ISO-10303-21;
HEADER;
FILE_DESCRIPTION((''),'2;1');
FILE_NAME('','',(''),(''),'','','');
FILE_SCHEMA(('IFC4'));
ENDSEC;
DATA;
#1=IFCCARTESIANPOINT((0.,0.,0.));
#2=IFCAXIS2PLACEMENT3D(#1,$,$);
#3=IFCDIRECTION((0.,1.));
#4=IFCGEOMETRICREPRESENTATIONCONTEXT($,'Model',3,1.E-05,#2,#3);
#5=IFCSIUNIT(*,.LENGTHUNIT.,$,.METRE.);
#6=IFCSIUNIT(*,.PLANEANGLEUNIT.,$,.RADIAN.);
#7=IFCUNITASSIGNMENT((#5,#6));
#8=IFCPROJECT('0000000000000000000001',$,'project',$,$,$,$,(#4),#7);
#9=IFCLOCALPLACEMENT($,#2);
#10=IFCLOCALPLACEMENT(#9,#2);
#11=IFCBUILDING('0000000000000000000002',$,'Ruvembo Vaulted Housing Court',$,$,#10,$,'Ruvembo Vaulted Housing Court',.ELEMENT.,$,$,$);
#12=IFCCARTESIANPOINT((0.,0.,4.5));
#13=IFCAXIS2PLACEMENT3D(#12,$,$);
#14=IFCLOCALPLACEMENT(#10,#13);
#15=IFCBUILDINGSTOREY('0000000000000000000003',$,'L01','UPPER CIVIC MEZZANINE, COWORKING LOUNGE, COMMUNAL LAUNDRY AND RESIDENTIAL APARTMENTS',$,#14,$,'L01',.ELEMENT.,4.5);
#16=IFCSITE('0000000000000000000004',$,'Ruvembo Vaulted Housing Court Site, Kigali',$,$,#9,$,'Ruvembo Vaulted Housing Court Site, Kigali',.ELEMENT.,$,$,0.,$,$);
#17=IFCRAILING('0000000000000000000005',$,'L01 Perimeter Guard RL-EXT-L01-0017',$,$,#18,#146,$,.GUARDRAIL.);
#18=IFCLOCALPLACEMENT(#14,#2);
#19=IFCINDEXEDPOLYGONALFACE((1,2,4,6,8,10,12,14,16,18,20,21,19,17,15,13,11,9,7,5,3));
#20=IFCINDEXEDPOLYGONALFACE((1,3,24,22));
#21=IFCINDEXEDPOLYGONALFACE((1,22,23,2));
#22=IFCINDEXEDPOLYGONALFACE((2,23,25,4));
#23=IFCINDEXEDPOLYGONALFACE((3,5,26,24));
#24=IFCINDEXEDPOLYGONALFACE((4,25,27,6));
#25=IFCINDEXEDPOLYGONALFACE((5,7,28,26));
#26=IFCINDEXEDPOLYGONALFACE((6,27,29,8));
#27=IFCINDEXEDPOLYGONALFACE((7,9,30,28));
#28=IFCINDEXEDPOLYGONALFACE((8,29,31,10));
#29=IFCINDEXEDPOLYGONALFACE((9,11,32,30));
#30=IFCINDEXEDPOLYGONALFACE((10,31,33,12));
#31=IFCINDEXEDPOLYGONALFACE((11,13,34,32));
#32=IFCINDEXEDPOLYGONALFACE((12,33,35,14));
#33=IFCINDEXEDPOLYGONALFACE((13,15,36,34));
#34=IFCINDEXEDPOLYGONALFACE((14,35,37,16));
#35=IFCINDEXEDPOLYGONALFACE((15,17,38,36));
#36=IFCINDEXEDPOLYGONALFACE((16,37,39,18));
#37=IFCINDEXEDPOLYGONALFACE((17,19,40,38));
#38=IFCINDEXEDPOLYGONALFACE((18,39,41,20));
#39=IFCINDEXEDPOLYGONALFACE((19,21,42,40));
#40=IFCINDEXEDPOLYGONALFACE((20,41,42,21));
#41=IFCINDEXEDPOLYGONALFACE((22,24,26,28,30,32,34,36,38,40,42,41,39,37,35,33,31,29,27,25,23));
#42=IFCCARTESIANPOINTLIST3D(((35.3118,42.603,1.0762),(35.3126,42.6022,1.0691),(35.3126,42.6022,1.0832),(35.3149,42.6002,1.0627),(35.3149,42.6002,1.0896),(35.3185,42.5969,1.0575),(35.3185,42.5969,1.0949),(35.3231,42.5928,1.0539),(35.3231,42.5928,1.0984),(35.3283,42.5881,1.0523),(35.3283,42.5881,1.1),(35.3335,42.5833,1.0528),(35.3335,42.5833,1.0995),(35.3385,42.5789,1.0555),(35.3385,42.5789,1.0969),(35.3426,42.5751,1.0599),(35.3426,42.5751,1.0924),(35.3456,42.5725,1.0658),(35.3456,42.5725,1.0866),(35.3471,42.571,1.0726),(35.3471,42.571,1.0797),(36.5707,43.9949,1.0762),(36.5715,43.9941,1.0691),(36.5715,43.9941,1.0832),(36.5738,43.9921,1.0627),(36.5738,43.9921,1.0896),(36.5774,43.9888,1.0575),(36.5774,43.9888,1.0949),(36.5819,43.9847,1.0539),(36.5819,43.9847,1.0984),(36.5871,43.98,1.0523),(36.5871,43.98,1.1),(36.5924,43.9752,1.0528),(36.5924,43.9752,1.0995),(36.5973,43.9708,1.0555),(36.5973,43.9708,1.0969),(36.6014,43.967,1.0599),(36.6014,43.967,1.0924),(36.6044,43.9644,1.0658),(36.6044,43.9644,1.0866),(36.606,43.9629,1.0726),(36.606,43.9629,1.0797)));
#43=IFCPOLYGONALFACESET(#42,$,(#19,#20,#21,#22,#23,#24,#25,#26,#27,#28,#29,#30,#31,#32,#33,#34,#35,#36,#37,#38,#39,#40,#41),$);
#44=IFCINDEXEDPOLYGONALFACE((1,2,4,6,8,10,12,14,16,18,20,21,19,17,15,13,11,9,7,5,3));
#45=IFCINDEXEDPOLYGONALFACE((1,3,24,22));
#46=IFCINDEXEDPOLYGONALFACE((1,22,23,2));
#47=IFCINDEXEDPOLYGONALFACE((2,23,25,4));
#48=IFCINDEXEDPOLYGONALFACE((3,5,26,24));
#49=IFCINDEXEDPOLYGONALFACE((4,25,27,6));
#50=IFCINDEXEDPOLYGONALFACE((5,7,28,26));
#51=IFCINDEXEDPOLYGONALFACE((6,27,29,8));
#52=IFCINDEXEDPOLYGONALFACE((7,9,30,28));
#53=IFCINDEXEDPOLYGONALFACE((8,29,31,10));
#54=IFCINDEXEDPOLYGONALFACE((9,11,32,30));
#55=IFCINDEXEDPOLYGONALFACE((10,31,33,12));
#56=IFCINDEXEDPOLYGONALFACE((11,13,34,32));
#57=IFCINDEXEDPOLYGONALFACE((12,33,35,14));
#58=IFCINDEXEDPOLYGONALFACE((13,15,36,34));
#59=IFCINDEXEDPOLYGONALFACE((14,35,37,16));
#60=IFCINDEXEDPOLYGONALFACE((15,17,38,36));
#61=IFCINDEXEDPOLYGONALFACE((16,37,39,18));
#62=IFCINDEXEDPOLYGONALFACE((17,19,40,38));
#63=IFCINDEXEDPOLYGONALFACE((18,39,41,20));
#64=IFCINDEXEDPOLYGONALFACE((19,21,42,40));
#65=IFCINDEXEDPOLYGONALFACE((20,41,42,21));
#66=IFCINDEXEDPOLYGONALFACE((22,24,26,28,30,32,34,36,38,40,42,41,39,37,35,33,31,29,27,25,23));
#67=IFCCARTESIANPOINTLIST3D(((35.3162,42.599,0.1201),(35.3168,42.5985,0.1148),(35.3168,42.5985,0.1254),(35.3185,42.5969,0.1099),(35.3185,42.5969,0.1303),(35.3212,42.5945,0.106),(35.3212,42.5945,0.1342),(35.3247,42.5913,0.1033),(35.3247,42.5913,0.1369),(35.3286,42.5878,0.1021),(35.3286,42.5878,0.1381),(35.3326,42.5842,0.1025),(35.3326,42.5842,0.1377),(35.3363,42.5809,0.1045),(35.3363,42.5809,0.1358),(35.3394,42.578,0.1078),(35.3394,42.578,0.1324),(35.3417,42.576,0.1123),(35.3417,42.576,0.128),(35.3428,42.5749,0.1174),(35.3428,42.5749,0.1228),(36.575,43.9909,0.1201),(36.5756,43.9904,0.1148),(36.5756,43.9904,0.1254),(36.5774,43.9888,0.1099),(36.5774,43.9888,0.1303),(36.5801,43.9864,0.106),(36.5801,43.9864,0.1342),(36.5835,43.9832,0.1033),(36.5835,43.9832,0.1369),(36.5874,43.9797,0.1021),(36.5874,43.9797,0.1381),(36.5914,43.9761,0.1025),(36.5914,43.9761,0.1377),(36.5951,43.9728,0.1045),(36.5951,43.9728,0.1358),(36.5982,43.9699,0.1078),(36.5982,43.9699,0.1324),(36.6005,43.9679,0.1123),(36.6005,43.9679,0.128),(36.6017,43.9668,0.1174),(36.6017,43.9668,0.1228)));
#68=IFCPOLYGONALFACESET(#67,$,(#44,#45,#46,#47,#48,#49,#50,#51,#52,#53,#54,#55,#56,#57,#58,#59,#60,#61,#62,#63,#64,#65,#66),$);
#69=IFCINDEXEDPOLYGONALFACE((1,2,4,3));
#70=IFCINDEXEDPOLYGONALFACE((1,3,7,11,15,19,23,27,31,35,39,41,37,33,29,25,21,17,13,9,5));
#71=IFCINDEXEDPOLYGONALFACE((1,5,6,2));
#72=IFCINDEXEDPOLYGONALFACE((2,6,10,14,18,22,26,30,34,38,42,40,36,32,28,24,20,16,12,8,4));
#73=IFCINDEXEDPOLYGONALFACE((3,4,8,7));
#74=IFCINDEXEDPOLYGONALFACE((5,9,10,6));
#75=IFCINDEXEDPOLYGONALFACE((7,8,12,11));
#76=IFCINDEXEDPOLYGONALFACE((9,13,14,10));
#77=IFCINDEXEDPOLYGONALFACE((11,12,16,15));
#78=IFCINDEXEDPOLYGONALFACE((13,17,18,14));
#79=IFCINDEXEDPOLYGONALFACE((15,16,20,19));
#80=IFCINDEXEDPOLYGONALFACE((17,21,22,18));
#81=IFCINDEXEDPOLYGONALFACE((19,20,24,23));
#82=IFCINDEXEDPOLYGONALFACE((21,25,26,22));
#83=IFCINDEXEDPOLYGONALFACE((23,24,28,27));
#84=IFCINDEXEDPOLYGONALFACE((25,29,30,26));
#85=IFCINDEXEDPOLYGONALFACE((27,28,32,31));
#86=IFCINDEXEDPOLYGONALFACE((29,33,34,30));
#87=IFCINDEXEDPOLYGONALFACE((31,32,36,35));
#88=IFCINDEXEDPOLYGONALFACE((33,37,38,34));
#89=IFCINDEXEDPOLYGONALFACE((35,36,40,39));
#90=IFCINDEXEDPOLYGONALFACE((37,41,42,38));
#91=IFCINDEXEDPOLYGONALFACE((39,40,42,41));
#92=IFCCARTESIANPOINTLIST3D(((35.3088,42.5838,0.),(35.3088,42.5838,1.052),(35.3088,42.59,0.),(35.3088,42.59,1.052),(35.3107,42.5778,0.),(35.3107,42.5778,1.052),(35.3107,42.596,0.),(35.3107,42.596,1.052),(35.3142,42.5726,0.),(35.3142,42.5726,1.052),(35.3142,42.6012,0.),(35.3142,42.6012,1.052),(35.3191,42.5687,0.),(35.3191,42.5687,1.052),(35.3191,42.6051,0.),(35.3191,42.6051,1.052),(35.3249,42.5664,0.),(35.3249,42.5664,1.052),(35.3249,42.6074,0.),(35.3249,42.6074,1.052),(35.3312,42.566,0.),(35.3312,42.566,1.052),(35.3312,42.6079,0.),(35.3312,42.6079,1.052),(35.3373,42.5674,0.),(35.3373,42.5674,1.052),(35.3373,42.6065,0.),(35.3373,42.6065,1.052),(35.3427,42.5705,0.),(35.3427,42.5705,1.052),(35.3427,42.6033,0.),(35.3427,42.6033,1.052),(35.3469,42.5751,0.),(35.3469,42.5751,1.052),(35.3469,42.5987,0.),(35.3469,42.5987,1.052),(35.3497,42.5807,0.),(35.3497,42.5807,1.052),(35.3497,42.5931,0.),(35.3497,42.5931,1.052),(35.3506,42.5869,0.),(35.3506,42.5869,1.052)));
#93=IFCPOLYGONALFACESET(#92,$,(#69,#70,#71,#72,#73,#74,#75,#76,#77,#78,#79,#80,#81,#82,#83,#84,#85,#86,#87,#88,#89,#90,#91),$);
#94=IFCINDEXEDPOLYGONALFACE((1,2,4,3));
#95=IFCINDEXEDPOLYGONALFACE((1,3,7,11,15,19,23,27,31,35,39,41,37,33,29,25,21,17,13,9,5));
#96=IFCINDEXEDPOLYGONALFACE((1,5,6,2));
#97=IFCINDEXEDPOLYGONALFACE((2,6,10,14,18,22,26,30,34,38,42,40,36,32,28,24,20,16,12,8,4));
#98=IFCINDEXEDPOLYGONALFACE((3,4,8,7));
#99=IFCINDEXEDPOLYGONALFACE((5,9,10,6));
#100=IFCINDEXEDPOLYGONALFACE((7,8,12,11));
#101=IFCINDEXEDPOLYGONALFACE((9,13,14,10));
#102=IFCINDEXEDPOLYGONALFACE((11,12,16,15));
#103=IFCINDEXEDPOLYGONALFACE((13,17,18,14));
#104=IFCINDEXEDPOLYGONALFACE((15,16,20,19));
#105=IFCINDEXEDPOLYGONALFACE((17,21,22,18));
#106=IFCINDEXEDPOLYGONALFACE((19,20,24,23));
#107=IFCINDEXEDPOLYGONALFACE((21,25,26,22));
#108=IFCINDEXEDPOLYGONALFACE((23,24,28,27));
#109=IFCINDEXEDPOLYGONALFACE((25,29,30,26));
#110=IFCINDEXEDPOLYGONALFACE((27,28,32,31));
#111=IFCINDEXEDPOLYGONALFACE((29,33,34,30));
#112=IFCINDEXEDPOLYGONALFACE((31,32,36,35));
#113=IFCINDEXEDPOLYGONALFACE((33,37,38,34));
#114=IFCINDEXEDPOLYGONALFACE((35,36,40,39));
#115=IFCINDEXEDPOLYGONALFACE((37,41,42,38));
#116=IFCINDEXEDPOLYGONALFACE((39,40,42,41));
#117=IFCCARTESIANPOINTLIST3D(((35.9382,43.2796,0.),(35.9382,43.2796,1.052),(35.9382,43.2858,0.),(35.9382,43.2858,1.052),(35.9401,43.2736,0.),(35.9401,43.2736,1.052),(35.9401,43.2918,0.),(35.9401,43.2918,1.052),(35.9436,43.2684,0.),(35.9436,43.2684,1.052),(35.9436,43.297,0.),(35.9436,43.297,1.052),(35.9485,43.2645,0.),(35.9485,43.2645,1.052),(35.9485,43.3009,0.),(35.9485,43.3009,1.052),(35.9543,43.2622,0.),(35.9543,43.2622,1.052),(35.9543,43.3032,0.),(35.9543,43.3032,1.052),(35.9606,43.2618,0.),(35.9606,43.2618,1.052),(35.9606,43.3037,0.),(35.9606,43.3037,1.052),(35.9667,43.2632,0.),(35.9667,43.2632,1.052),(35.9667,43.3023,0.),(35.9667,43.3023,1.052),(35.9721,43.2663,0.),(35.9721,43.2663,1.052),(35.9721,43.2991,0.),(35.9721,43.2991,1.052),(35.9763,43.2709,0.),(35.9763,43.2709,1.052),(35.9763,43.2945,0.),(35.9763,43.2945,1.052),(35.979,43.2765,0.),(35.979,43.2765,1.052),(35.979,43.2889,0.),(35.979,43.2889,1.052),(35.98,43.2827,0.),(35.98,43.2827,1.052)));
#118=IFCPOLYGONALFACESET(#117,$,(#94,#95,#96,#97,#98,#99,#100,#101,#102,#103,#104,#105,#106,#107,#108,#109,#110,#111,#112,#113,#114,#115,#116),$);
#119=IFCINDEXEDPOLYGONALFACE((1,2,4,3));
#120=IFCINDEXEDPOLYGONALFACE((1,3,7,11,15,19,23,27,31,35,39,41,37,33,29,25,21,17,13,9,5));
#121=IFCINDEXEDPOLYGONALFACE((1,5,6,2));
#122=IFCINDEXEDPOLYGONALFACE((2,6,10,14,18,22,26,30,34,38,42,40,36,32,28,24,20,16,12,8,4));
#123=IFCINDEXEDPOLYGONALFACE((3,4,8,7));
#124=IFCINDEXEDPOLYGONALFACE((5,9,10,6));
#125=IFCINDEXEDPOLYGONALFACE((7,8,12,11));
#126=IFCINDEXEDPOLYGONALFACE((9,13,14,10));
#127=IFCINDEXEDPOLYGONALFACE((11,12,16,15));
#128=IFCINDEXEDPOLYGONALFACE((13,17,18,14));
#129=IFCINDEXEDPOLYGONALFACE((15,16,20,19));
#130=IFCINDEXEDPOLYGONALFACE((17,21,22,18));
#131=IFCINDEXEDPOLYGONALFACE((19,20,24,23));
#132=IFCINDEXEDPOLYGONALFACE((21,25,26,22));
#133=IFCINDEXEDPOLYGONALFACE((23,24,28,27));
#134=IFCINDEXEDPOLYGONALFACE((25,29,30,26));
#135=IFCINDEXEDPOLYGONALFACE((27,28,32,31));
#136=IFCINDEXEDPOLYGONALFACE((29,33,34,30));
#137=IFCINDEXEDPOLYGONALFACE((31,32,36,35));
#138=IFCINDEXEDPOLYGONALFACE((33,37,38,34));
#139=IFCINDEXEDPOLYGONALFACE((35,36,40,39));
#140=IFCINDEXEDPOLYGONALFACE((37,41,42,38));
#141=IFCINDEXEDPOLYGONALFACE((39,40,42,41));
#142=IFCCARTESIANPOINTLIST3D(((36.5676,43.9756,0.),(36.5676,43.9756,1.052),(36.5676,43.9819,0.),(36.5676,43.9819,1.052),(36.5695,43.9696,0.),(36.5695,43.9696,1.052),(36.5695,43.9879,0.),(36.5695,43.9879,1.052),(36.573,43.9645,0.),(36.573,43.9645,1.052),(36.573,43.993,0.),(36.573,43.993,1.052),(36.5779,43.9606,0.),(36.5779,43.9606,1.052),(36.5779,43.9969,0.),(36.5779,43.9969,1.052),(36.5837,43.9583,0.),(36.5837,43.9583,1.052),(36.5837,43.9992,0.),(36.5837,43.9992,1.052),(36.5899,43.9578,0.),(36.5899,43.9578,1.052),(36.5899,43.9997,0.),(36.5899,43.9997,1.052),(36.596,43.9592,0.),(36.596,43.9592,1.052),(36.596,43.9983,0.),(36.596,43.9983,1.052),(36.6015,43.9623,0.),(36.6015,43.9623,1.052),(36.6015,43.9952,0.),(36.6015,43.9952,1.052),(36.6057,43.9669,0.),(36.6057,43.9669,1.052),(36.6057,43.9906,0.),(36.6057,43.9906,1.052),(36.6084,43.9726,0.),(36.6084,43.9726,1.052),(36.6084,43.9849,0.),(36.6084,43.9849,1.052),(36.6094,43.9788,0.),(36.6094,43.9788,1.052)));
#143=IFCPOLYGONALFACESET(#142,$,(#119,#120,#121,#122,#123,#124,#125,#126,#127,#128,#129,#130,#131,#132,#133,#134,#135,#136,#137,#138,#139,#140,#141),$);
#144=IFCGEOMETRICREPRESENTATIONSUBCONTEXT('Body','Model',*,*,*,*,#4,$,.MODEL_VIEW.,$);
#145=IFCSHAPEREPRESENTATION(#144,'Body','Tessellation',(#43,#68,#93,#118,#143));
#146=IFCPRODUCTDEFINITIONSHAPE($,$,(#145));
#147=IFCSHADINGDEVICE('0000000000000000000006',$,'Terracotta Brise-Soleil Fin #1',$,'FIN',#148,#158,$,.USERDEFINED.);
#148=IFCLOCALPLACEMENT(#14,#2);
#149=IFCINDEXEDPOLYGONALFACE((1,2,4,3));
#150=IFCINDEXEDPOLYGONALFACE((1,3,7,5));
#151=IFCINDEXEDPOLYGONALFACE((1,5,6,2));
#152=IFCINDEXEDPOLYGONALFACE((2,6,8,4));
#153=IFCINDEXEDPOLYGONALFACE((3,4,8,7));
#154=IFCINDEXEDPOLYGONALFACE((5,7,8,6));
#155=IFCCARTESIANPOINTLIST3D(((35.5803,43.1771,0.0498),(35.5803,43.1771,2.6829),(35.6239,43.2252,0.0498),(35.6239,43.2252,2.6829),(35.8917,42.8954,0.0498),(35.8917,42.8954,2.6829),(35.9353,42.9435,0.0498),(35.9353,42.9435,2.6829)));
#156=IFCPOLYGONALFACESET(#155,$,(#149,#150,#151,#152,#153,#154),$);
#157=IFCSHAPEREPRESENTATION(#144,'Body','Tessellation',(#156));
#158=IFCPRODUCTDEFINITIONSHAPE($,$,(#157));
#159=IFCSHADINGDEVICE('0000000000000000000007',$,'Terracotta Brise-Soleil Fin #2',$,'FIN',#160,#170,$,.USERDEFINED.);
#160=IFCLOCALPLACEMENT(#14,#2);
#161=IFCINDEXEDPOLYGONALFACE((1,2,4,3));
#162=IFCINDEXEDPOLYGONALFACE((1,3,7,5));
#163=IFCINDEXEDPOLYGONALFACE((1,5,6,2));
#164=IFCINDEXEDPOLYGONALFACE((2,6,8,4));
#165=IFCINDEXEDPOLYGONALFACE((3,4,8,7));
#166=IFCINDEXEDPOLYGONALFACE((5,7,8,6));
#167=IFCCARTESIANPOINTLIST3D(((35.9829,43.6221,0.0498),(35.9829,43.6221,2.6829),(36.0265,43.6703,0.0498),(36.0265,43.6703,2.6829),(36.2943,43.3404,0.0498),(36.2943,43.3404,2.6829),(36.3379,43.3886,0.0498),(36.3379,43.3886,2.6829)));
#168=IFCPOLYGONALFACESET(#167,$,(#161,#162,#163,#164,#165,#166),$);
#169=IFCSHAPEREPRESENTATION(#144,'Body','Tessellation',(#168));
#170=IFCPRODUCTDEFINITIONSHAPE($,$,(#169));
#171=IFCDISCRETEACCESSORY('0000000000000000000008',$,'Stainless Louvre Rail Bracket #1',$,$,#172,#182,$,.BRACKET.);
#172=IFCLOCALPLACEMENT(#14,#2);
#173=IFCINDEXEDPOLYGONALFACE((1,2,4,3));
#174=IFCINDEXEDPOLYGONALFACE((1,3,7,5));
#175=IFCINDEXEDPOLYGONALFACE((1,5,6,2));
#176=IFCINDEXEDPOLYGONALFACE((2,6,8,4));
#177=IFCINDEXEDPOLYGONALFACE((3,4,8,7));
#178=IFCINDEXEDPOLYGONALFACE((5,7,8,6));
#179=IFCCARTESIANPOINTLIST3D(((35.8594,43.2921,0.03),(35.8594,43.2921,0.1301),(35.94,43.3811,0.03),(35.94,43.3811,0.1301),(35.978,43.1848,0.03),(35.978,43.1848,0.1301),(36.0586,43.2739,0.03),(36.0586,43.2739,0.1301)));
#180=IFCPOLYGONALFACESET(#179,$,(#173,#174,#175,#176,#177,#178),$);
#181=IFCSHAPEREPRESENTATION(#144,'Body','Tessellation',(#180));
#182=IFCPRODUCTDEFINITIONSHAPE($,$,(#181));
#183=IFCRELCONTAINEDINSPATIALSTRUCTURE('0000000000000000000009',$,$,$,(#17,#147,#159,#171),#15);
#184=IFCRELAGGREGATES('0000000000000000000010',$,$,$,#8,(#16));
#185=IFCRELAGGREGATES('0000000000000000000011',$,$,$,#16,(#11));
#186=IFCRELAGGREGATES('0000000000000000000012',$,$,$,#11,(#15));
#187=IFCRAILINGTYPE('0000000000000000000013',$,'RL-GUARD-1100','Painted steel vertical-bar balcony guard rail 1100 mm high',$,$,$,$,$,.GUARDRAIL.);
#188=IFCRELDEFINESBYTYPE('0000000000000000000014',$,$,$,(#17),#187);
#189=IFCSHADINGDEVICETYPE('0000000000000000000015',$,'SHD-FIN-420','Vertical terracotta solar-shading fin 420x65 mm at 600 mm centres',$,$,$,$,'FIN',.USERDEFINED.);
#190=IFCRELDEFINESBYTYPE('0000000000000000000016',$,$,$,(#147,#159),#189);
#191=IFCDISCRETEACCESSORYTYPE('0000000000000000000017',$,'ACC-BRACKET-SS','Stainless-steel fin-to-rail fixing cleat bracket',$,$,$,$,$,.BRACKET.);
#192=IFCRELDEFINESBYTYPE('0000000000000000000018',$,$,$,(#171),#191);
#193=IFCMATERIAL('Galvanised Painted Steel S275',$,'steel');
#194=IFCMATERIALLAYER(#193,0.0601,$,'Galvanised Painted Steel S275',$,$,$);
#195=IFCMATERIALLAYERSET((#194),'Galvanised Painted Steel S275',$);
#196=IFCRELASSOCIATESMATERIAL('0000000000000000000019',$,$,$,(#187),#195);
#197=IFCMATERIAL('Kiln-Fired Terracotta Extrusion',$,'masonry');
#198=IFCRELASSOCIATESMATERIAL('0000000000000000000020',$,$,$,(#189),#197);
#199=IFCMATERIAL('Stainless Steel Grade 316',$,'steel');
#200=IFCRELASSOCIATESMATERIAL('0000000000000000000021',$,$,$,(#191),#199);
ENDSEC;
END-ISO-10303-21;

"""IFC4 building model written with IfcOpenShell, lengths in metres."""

from ifc_helpers import new_model, si_unit, direction, frame, origin, origin_2d, place, context, subcontext, project, spatial, rectangle, circle, extrude, material, layer, layer_set, type_object, element, save


model = new_model("IFC4")

# Units and contexts
model_context = context("Model", 3, precision=1e-05, world=origin(), true_north=direction((0.0, 1.0)))
body_context = subcontext(model_context, "Body", "Model", "MODEL_VIEW")
ifc_project = project(units=[si_unit("LENGTHUNIT", "METRE"), si_unit("PLANEANGLEUNIT", "RADIAN")], contexts=[model_context])

# Site, building, storey
site_placement = place(None, origin())
site = spatial("IfcSite", under=ifc_project, at=site_placement, Name="Ruvembo Vaulted Housing Court Site, Kigali", LongName="Ruvembo Vaulted Housing Court Site, Kigali", CompositionType="ELEMENT", RefElevation=0.0)
building_placement = place(site_placement, origin())
building = spatial("IfcBuilding", under=site, at=building_placement, Name="Ruvembo Vaulted Housing Court", LongName="Ruvembo Vaulted Housing Court", CompositionType="ELEMENT")
storey_placement = place(building_placement, frame((0.0, 0.0, 4.5)))
storey = spatial("IfcBuildingStorey", under=building, at=storey_placement, Name="L01", Description="UPPER CIVIC MEZZANINE, COWORKING LOUNGE, COMMUNAL LAUNDRY AND RESIDENTIAL APARTMENTS", LongName="L01", CompositionType="ELEMENT", Elevation=4.5)

# Railing
ifc_material_1 = material(Name="Galvanised Painted Steel S275", Category="steel")
ifc_layer_1 = layer(ifc_material_1, 0.0601, Name="Galvanised Painted Steel S275")
ifc_layer_set_1 = layer_set([ifc_layer_1], Name="Galvanised Painted Steel S275")
railing_type = type_object("IfcRailingType", Name="RL-GUARD-1100", Description="Painted steel vertical-bar balcony guard rail 1100 mm high", PredefinedType="GUARDRAIL", material=ifc_layer_set_1)
railing_1_placement = place(storey_placement, frame((35.3296, 42.5869, 0.0)))
element("IfcRailing", 1, at=railing_1_placement, inside=storey, type_object=railing_type, Name="L01 Perimeter Guard RL-EXT-L01-0017", PredefinedType="GUARDRAIL", context=body_context, shape_type="SweptSolid", body=[
    extrude(circle(Radius=0.0239, at=origin_2d()), frame((0.0, 0.0, 1.0762), z_axis=(0.670767, 0.741668, 0.0), x_axis=(-0.741668, 0.670767, 0.0)), (0.0, 0.0, 1.0), 1.8767),
    extrude(circle(Radius=0.0181, at=origin_2d()), frame((0.0, 0.0, 0.1201), z_axis=(0.670767, 0.741668, 0.0), x_axis=(-0.741668, 0.670767, 0.0)), (0.0, 0.0, 1.0), 1.8767),
    extrude(circle(Radius=0.021, at=origin_2d()), origin(), (0.0, 0.0, 1.0), 1.052),
    extrude(circle(Radius=0.021, at=origin_2d()), frame((0.6294, 0.6958, 0.0)), (0.0, 0.0, 1.0), 1.052),
    extrude(circle(Radius=0.021, at=origin_2d()), frame((1.2588, 1.3918, 0.0)), (0.0, 0.0, 1.0), 1.052),
])

# Shading devices
ifc_material_2 = material(Name="Kiln-Fired Terracotta Extrusion", Category="masonry")
shading_device_type = type_object("IfcShadingDeviceType", Name="SHD-FIN-420", Description="Vertical terracotta solar-shading fin 420x65 mm at 600 mm centres", ElementType="FIN", PredefinedType="USERDEFINED", material=ifc_material_2)
for number, where, z_axis, x_axis, name in (
    (2, (35.7578, 43.0603, 0.0498), (0.0, 0.0, 1.0), (0.741601, -0.670841, 0.0), "Terracotta Brise-Soleil Fin #1"),
    (3, (36.1604, 43.5054, 0.0498), (0.0, 0.0, 1.0), (0.741601, -0.670841, 0.0), "Terracotta Brise-Soleil Fin #2"),
):
    element("IfcShadingDevice", number, at=place(storey_placement, frame(where, z_axis=z_axis, x_axis=x_axis)), inside=storey, type_object=shading_device_type, Name=name, ObjectType="FIN", PredefinedType="USERDEFINED", context=body_context, shape_type="SweptSolid", body=[
        extrude(rectangle(XDim=0.4199, YDim=0.0649, at=origin_2d()), origin(), (0.0, 0.0, 1.0), 2.6331),
    ])

# Discrete accessory
ifc_material_3 = material(Name="Stainless Steel Grade 316", Category="steel")
discrete_accessory_type = type_object("IfcDiscreteAccessoryType", Name="ACC-BRACKET-SS", Description="Stainless-steel fin-to-rail fixing cleat bracket", PredefinedType="BRACKET", material=ifc_material_3)
discrete_accessory_placement = place(storey_placement, frame((35.959, 43.283, 0.03), z_axis=(0.0, 0.0, 1.0), x_axis=(0.741601, -0.670841, 0.0)))
element("IfcDiscreteAccessory", 4, at=discrete_accessory_placement, inside=storey, type_object=discrete_accessory_type, Name="Stainless Louvre Rail Bracket #1", PredefinedType="BRACKET", context=body_context, shape_type="SweptSolid", body=[
    extrude(rectangle(XDim=0.1599, YDim=0.1201, at=origin_2d()), origin(), (0.0, 0.0, 1.0), 0.1001),
])

save(model, "model.ifc")
